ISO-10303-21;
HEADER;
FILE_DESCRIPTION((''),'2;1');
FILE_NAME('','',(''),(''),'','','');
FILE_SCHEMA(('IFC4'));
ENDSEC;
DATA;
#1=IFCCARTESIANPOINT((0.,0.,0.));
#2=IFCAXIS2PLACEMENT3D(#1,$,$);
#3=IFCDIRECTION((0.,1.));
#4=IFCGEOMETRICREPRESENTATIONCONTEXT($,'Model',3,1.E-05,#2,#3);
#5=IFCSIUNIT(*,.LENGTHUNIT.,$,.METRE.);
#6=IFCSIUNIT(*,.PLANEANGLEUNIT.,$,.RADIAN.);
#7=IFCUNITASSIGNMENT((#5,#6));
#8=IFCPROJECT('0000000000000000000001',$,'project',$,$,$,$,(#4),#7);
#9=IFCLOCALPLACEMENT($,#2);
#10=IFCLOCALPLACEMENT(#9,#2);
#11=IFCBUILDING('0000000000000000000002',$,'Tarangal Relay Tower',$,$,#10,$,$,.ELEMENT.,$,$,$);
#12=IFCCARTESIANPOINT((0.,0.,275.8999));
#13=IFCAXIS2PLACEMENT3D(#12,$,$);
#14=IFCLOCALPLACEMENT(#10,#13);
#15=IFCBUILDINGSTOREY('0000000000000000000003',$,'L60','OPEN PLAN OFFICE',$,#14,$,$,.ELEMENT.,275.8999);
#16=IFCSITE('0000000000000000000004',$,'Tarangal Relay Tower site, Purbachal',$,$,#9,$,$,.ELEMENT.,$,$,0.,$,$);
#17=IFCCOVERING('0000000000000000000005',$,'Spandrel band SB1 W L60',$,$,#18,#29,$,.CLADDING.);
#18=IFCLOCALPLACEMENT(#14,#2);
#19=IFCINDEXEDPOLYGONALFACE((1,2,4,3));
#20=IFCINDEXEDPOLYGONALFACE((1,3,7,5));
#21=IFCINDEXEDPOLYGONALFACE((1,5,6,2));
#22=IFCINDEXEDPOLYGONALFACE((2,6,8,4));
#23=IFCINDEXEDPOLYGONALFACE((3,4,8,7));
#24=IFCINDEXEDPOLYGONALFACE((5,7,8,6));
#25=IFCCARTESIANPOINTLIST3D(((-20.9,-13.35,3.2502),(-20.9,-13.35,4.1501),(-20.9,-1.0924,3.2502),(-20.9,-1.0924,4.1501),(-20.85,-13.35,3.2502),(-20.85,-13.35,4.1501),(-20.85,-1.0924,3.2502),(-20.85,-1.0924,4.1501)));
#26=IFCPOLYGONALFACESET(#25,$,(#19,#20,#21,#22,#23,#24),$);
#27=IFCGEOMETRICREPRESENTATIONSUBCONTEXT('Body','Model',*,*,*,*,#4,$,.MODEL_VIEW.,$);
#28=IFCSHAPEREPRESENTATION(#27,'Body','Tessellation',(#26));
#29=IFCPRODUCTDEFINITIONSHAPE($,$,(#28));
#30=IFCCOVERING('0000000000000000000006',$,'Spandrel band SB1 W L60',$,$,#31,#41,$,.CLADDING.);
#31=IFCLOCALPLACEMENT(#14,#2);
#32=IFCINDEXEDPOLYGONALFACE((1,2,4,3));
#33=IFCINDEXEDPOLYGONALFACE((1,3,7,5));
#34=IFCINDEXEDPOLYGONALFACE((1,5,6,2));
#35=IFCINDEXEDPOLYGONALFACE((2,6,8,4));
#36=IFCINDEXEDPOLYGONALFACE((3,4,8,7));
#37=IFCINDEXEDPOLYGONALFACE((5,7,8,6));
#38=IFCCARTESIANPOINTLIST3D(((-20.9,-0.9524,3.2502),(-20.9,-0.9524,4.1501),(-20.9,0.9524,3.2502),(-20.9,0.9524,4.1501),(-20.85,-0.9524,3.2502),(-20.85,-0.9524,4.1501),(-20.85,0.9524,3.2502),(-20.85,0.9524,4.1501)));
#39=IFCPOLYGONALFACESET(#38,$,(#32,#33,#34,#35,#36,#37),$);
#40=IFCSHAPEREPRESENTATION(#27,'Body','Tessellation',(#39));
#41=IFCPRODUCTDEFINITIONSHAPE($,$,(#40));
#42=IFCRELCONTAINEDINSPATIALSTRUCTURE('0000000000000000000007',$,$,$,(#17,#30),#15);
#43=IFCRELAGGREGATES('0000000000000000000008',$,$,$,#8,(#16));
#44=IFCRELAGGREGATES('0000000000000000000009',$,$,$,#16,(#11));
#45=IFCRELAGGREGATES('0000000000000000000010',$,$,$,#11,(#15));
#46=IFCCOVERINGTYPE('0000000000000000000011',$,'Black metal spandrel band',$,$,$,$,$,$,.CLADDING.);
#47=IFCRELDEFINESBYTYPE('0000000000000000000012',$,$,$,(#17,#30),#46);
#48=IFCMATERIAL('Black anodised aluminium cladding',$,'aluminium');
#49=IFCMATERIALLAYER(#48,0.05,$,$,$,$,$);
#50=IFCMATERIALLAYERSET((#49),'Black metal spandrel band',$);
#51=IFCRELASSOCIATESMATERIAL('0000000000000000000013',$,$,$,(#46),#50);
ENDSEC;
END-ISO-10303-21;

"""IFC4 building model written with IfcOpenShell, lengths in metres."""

from ifc_helpers import new_model, si_unit, direction, frame, origin, origin_2d, place, context, subcontext, project, spatial, rectangle, extrude, material, layer, layer_set, type_object, element, save


model = new_model("IFC4")

# Units and contexts
model_context = context("Model", 3, precision=1e-05, world=origin(), true_north=direction((0.0, 1.0)))
body_context = subcontext(model_context, "Body", "Model", "MODEL_VIEW")
ifc_project = project(units=[si_unit("LENGTHUNIT", "METRE"), si_unit("PLANEANGLEUNIT", "RADIAN")], contexts=[model_context])

# Site, building, storey
site_placement = place(None, origin())
site = spatial("IfcSite", under=ifc_project, at=site_placement, Name="Tarangal Relay Tower site, Purbachal", CompositionType="ELEMENT", RefElevation=0.0)
building_placement = place(site_placement, origin())
building = spatial("IfcBuilding", under=site, at=building_placement, Name="Tarangal Relay Tower", CompositionType="ELEMENT")
storey_placement = place(building_placement, frame((0.0, 0.0, 275.8999)))
storey = spatial("IfcBuildingStorey", under=building, at=storey_placement, Name="L60", Description="OPEN PLAN OFFICE", CompositionType="ELEMENT", Elevation=275.8999)

# Coverings
ifc_material_1 = material(Name="Black anodised aluminium cladding", Category="aluminium")
ifc_layer_1 = layer(ifc_material_1, 0.05)
ifc_layer_set_1 = layer_set([ifc_layer_1], Name="Black metal spandrel band")
covering_type = type_object("IfcCoveringType", Name="Black metal spandrel band", PredefinedType="CLADDING", material=ifc_layer_set_1)
covering_1_placement = place(storey_placement, frame((-20.875, -7.2212, 3.2502), z_axis=(0.0, 0.0, 1.0), x_axis=(0.0, 1.0, 0.0)))
element("IfcCovering", 1, at=covering_1_placement, inside=storey, type_object=covering_type, Name="Spandrel band SB1 W L60", PredefinedType="CLADDING", context=body_context, shape_type="SweptSolid", body=[
    extrude(rectangle(XDim=12.2576, YDim=0.05, at=origin_2d()), origin(), (0.0, 0.0, 1.0), 0.8999),
])
covering_2_placement = place(storey_placement, frame((-20.875, 0.0, 3.2502), z_axis=(0.0, 0.0, 1.0), x_axis=(0.0, 1.0, 0.0)))
element("IfcCovering", 2, at=covering_2_placement, inside=storey, type_object=covering_type, Name="Spandrel band SB1 W L60", PredefinedType="CLADDING", context=body_context, shape_type="SweptSolid", body=[
    extrude(rectangle(XDim=1.9048, YDim=0.05, at=origin_2d()), origin(), (0.0, 0.0, 1.0), 0.8999),
])

save(model, "model.ifc")
